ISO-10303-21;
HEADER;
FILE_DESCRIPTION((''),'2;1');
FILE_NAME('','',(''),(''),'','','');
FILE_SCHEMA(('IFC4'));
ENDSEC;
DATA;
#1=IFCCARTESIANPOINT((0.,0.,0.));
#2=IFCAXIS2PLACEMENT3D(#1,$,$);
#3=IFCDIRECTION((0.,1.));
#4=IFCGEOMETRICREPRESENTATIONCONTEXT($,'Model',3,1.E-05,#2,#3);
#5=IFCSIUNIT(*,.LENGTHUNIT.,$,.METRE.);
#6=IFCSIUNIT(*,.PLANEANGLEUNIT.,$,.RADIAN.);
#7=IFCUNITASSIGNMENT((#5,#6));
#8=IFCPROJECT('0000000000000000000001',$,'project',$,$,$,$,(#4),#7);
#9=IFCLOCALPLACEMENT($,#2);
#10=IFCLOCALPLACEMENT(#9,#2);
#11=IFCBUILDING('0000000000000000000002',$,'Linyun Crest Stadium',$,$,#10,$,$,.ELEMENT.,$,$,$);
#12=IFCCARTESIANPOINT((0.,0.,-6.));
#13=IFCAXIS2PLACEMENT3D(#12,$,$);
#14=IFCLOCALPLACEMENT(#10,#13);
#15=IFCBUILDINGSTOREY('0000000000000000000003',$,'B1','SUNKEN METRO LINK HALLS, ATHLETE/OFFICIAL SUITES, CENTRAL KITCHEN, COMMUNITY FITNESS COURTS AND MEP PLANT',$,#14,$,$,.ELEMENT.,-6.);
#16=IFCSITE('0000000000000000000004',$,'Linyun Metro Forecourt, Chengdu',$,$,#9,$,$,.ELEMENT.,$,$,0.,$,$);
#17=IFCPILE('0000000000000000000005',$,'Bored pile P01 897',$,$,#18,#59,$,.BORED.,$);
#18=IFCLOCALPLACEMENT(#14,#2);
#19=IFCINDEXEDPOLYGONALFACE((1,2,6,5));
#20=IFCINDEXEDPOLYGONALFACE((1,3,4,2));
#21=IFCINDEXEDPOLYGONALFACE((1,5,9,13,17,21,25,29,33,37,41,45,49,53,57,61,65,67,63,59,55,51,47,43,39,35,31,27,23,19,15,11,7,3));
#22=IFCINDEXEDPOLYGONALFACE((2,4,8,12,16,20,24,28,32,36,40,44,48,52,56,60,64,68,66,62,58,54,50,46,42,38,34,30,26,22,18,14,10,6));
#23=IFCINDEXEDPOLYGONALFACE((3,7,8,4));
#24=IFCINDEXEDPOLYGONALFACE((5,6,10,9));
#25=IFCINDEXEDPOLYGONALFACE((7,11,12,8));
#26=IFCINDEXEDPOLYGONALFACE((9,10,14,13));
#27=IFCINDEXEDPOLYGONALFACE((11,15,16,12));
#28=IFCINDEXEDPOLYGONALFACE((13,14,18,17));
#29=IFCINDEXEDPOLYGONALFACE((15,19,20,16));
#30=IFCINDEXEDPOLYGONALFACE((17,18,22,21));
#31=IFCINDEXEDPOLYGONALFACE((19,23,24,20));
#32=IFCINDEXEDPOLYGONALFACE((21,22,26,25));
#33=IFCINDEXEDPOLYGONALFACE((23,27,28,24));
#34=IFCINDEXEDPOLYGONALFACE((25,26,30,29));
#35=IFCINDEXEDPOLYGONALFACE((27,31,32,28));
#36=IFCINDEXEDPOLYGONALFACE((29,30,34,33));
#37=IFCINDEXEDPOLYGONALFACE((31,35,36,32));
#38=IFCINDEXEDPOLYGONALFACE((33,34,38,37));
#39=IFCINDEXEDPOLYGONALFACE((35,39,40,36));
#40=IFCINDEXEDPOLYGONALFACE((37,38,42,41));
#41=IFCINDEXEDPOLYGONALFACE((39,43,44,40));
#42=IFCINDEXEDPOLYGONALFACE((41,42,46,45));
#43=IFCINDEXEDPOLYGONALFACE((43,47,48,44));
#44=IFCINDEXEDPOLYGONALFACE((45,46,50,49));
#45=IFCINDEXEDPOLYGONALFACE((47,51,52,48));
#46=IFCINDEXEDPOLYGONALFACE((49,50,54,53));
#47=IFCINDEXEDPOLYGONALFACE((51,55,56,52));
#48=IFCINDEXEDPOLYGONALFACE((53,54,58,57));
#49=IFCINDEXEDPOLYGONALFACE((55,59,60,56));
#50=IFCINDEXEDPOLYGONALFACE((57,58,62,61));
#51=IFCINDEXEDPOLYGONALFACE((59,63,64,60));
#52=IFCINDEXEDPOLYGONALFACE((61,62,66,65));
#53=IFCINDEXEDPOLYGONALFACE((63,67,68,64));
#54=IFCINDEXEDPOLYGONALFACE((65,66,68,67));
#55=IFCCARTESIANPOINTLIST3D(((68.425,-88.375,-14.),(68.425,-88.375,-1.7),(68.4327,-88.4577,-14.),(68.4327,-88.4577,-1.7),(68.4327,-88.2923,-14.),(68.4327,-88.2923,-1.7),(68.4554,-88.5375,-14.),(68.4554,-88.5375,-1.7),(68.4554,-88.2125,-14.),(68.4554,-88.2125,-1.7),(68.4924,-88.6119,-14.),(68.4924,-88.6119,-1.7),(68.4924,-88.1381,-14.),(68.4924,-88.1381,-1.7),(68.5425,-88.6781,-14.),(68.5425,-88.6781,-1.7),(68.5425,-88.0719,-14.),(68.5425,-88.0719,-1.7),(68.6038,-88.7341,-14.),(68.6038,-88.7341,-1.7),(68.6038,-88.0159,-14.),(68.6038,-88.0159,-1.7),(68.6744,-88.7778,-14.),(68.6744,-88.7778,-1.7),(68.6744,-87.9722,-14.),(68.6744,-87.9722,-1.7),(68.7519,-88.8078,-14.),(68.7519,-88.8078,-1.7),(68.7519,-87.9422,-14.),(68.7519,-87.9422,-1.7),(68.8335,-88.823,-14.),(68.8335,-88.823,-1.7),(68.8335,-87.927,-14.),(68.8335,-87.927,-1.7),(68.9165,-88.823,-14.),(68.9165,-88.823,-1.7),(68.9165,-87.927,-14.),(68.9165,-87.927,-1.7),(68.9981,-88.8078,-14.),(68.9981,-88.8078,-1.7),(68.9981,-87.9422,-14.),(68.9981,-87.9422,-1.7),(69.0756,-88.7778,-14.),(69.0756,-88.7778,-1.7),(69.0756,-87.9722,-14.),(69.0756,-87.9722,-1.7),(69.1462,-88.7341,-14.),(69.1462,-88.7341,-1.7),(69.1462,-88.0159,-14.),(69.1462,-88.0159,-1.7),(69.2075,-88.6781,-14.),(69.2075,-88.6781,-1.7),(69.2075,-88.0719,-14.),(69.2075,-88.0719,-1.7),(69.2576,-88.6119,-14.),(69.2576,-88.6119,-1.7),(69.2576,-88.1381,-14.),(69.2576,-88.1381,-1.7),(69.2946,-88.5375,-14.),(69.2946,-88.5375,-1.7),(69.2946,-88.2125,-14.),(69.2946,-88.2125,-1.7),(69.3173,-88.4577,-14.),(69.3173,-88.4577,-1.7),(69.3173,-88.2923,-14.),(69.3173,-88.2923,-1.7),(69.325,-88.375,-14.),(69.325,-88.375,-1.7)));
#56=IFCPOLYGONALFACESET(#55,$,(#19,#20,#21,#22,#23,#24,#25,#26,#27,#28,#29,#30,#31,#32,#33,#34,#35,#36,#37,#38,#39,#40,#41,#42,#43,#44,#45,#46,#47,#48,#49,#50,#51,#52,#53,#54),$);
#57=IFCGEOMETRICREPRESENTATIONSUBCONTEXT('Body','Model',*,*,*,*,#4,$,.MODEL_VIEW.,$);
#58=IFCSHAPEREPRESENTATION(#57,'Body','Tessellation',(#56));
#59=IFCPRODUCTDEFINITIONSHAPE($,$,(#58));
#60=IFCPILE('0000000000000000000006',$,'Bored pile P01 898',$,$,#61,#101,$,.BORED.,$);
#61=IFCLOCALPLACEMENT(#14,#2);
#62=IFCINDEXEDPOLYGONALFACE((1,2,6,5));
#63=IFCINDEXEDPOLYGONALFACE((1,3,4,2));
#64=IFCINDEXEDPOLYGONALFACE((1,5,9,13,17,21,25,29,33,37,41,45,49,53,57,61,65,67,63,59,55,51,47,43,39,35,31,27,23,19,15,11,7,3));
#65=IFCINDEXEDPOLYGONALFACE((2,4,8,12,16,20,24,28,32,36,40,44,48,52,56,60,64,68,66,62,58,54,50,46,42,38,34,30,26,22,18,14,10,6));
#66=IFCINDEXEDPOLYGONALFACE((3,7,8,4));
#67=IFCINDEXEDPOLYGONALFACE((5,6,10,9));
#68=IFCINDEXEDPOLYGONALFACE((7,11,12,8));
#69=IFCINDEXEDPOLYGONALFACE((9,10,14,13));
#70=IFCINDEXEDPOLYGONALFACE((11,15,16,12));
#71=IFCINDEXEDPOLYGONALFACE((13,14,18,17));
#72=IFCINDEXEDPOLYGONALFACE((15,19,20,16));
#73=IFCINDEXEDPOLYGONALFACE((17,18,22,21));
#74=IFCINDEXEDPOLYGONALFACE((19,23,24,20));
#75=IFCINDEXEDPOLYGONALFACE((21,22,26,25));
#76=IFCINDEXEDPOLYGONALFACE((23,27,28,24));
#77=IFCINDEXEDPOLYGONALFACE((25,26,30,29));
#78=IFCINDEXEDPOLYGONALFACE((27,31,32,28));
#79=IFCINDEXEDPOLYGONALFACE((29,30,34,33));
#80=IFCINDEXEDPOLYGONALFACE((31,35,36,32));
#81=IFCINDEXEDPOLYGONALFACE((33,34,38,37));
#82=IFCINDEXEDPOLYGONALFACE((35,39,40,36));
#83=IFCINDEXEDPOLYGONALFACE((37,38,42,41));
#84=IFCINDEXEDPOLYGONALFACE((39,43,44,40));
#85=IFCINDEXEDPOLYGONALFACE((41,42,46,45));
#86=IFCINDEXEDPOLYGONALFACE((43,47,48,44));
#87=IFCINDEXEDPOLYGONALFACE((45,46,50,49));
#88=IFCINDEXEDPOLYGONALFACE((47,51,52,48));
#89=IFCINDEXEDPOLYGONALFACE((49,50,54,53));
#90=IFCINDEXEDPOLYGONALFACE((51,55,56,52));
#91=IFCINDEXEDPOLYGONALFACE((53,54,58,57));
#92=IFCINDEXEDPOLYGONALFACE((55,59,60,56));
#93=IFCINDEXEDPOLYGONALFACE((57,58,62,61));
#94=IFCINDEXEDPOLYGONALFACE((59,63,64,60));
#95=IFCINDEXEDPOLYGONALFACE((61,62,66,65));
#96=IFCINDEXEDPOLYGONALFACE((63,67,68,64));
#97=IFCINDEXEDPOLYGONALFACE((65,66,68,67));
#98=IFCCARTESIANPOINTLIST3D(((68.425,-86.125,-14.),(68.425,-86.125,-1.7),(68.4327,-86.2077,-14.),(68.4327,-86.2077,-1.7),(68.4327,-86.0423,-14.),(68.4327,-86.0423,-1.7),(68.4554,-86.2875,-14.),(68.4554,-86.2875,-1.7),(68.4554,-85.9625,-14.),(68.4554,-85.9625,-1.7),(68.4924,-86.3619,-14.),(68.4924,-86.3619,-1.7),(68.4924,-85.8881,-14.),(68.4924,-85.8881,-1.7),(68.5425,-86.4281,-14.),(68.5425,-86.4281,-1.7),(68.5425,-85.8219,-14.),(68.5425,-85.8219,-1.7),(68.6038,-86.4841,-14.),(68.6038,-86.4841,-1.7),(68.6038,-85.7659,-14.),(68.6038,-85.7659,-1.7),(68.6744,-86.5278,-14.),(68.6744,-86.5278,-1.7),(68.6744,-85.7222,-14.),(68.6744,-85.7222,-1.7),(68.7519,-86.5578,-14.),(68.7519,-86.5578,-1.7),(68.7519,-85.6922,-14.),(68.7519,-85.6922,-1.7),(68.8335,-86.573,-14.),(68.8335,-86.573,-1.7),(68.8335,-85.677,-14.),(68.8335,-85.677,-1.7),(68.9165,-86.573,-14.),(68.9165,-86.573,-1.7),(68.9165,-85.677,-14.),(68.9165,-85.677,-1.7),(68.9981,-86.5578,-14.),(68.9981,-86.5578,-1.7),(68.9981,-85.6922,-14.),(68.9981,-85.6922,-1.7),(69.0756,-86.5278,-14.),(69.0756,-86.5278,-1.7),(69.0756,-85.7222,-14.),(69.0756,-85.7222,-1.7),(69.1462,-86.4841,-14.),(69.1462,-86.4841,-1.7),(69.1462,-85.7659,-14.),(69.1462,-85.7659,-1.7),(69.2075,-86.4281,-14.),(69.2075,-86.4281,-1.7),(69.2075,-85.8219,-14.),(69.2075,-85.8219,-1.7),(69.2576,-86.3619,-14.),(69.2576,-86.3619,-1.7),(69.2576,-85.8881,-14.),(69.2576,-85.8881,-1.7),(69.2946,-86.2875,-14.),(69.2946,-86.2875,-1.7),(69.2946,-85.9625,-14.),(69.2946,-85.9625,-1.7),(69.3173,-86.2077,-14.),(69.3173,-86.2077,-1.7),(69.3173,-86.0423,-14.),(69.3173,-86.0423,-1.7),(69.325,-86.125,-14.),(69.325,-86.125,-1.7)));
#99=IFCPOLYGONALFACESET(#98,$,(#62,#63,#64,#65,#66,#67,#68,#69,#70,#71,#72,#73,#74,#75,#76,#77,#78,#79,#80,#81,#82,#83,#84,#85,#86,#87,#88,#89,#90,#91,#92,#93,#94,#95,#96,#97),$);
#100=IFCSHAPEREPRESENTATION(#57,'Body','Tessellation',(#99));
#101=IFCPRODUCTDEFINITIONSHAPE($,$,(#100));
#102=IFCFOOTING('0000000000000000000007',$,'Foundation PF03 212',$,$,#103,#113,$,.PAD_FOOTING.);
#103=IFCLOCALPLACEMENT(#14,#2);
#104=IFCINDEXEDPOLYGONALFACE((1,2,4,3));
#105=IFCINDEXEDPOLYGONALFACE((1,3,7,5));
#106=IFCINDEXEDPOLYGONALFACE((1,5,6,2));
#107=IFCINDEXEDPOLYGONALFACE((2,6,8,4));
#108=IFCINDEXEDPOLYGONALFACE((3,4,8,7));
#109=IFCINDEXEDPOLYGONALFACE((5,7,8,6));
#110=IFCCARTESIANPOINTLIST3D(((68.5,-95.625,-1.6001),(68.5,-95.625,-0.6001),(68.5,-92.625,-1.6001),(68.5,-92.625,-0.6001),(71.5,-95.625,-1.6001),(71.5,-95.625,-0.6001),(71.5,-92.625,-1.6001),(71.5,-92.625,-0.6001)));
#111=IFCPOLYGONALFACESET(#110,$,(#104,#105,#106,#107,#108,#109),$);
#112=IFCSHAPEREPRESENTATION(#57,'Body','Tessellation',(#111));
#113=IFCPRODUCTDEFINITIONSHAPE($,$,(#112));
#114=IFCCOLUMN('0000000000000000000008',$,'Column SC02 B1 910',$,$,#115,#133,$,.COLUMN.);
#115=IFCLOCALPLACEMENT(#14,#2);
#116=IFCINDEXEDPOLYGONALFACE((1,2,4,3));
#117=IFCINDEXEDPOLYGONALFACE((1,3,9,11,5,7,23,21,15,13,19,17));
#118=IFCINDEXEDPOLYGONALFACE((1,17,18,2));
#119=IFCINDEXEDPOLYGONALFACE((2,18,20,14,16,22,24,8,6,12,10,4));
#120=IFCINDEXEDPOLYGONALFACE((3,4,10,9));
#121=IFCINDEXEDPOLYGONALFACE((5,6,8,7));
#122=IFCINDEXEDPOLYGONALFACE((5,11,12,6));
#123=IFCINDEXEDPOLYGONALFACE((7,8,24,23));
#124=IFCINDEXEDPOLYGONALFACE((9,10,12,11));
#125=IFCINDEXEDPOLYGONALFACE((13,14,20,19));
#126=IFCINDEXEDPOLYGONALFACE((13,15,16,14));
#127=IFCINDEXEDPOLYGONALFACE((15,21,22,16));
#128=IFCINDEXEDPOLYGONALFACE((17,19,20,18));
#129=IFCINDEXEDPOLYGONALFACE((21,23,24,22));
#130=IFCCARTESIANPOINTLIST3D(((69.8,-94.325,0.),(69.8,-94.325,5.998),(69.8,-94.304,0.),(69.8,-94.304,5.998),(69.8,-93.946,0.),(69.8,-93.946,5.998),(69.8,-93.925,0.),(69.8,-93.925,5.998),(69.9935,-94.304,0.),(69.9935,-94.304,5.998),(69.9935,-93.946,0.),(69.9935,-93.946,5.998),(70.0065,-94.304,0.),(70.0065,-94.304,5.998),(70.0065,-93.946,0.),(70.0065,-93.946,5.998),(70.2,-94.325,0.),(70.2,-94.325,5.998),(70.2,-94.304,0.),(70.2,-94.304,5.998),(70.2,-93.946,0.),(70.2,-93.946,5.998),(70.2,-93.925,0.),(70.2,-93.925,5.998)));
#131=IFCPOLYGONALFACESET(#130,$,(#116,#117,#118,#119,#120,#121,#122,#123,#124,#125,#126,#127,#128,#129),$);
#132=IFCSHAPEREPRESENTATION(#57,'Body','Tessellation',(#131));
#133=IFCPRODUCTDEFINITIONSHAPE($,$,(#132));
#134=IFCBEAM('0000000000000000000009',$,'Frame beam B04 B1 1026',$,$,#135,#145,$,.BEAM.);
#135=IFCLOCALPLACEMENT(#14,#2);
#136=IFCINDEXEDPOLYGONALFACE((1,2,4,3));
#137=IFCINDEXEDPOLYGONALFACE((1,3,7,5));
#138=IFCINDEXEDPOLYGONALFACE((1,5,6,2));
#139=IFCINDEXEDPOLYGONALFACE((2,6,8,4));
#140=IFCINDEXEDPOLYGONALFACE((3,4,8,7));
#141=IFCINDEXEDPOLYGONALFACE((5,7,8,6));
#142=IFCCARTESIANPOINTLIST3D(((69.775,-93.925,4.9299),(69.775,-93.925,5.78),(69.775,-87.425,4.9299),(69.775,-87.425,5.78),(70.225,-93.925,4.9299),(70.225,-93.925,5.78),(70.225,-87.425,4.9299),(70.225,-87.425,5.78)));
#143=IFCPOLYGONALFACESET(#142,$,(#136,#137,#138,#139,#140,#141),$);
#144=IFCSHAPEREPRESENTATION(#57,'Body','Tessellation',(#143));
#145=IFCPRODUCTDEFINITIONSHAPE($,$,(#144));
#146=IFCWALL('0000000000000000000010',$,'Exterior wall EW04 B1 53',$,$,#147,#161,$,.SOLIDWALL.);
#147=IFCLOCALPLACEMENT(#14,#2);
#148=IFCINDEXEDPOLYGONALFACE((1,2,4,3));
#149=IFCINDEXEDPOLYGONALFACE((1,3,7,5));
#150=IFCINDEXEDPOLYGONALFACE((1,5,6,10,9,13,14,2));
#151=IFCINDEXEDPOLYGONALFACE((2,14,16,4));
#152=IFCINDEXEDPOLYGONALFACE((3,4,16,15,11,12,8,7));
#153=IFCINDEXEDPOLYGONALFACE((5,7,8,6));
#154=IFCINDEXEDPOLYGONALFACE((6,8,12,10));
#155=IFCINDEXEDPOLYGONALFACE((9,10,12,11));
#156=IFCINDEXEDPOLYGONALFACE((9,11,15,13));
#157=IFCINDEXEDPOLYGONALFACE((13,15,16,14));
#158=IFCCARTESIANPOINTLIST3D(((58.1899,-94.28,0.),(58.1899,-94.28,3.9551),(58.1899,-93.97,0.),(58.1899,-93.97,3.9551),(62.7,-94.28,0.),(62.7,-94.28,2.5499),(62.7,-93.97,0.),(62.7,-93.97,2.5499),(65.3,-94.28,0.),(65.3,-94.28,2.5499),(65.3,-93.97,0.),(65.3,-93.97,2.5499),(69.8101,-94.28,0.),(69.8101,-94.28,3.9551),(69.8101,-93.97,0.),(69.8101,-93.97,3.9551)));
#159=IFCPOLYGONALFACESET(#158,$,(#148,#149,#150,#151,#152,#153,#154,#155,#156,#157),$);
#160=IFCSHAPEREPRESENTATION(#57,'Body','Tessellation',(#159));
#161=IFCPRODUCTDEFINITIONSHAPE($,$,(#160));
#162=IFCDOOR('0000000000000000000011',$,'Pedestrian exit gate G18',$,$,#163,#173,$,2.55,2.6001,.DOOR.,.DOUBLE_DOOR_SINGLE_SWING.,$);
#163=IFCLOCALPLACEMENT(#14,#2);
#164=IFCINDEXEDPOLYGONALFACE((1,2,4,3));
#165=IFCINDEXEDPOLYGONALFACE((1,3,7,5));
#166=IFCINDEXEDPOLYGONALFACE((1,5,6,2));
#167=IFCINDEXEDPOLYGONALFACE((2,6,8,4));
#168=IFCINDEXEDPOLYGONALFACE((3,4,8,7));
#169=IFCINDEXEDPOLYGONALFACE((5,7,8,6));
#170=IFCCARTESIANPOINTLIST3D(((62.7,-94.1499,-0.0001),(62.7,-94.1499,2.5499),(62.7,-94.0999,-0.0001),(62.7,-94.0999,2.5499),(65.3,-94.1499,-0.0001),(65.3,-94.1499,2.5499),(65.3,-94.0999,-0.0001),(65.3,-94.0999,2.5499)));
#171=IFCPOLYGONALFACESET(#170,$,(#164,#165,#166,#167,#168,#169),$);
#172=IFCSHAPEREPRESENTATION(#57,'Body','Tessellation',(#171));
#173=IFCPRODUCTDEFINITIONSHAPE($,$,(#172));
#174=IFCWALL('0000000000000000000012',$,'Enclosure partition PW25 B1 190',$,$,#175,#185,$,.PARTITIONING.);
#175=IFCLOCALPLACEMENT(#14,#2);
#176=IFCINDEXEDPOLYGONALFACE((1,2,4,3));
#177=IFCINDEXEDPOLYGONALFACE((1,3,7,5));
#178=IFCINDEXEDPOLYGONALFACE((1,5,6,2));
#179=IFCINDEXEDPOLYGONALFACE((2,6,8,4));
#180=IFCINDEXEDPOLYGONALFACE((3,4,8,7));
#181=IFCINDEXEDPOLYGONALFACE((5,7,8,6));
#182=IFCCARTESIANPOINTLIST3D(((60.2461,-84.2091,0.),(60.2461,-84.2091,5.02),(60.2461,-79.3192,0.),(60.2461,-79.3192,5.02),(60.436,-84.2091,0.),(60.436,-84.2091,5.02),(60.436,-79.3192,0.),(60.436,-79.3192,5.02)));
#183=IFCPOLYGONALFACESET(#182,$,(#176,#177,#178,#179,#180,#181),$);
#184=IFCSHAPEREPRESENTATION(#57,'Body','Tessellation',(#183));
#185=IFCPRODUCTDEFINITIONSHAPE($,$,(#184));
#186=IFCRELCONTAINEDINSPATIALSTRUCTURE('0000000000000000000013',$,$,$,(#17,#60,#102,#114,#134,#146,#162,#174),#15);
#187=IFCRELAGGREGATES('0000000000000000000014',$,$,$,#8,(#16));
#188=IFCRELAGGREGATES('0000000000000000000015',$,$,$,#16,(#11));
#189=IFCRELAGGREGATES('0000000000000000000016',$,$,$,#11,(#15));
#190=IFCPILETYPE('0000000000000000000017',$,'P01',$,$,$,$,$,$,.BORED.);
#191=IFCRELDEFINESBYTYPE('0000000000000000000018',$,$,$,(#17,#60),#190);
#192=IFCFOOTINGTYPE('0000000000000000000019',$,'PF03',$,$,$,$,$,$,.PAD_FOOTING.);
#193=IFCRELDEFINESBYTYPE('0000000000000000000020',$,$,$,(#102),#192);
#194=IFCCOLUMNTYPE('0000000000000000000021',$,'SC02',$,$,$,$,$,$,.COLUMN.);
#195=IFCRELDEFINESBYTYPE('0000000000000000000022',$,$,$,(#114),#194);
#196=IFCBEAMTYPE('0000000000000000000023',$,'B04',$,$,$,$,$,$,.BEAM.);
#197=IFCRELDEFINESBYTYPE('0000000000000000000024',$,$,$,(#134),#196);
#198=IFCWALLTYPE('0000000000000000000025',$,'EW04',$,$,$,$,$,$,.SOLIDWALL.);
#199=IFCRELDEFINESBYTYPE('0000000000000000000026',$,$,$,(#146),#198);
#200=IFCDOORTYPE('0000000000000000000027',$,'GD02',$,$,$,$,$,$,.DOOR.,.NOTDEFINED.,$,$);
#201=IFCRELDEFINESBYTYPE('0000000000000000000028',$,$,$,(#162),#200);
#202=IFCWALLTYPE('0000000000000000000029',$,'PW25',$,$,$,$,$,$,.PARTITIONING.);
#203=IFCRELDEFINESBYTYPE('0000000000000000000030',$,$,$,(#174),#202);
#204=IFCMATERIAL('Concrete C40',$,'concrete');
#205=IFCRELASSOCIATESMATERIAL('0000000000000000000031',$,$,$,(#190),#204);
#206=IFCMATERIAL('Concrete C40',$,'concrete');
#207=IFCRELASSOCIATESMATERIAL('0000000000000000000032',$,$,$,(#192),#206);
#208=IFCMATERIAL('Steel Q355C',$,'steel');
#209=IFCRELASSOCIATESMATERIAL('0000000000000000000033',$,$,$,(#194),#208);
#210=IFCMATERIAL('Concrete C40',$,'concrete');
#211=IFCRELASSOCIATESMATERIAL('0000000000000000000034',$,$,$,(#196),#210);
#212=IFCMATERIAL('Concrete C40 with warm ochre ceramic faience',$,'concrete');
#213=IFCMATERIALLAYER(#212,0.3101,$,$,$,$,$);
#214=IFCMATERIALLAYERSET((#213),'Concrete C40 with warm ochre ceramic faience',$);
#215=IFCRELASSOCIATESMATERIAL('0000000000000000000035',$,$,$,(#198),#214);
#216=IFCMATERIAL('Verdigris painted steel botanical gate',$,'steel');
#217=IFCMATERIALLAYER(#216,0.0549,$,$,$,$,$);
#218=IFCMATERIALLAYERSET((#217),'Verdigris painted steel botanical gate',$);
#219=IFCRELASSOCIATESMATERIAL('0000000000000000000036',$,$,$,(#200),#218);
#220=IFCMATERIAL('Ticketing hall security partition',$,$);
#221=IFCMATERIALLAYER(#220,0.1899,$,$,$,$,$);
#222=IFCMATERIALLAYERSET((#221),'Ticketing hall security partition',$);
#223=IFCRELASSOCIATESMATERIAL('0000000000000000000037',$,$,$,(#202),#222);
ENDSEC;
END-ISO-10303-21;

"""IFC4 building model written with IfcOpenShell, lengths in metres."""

from ifc_helpers import new_model, si_unit, direction, frame, frame_2d, origin, origin_2d, place, context, subcontext, project, spatial, rectangle, circle, i_section, extrude, material, layer, layer_set, material_profile, profile_set, type_object, element, fill, save


model = new_model("IFC4")

# Units and contexts
model_context = context("Model", 3, precision=1e-05, world=origin(), true_north=direction((0.0, 1.0)))
body_context = subcontext(model_context, "Body", "Model", "MODEL_VIEW")
ifc_project = project(units=[si_unit("LENGTHUNIT", "METRE"), si_unit("PLANEANGLEUNIT", "RADIAN")], contexts=[model_context])

# Site, building, storey
site_placement = place(None, origin())
site = spatial("IfcSite", under=ifc_project, at=site_placement, Name="Linyun Metro Forecourt, Chengdu", CompositionType="ELEMENT", RefElevation=0.0)
building_placement = place(site_placement, origin())
building = spatial("IfcBuilding", under=site, at=building_placement, Name="Linyun Crest Stadium", CompositionType="ELEMENT")
storey_placement = place(building_placement, frame((0.0, 0.0, -6.0)))
storey = spatial("IfcBuildingStorey", under=building, at=storey_placement, Name="B1", Description="SUNKEN METRO LINK HALLS, ATHLETE/OFFICIAL SUITES, CENTRAL KITCHEN, COMMUNITY FITNESS COURTS AND MEP PLANT", CompositionType="ELEMENT", Elevation=-6.0)

# Piles
ifc_material_1 = material(Name="Concrete C40", Category="concrete")
ifc_material_profile_1 = material_profile(ifc_material_1, circle(Radius=0.45, at=origin_2d()), Name="BORED PILE 900")
ifc_profile_set_1 = profile_set([ifc_material_profile_1], Name="Concrete C40")
pile_type = type_object("IfcPileType", Name="P01", PredefinedType="BORED", material=ifc_profile_set_1)
for number, where, z_axis, x_axis, name in (
    (1, (68.875, -88.375, -1.7), (0.0, 0.0, -1.0), (1.0, 0.0, 0.0), "Bored pile P01 897"),
    (2, (68.875, -86.125, -1.7), (0.0, 0.0, -1.0), (1.0, 0.0, 0.0), "Bored pile P01 898"),
):
    element("IfcPile", number, at=place(storey_placement, frame(where, z_axis=z_axis, x_axis=x_axis)), inside=storey, type_object=pile_type, Name=name, PredefinedType="BORED", context=body_context, shape_type="SweptSolid", body=[
        extrude(circle(Radius=0.45, at=origin_2d()), origin(), (0.0, 0.0, 1.0), 12.3),
    ])

# Footing
ifc_material_2 = material(Name="Concrete C40", Category="concrete")
footing_type = type_object("IfcFootingType", Name="PF03", PredefinedType="PAD_FOOTING", material=ifc_material_2)
footing_placement = place(storey_placement, frame((70.0, -94.125, -1.6001), z_axis=(0.0, 0.0, 1.0), x_axis=(1.0, 0.0, 0.0)))
element("IfcFooting", 3, at=footing_placement, inside=storey, type_object=footing_type, Name="Foundation PF03 212", PredefinedType="PAD_FOOTING", context=body_context, shape_type="SweptSolid", body=[
    extrude(rectangle(XDim=3.0, YDim=3.0, at=origin_2d()), origin(), (0.0, 0.0, 1.0), 1.0),
])

# Column
ifc_material_3 = material(Name="Steel Q355C", Category="steel")
ifc_material_profile_2 = material_profile(ifc_material_3, i_section(OverallWidth=0.3999, OverallDepth=0.3999, WebThickness=0.0129, FlangeThickness=0.021, at=origin_2d()), Name="HW 400x400")
ifc_profile_set_2 = profile_set([ifc_material_profile_2], Name="Steel Q355C")
column_type = type_object("IfcColumnType", Name="SC02", PredefinedType="COLUMN", material=ifc_profile_set_2)
column_placement = place(storey_placement, frame((70.0, -94.125, 0.0), z_axis=(0.0, 0.0, 1.0), x_axis=(1.0, 0.0, 0.0)))
element("IfcColumn", 4, at=column_placement, inside=storey, type_object=column_type, Name="Column SC02 B1 910", PredefinedType="COLUMN", context=body_context, shape_type="SweptSolid", body=[
    extrude(i_section(OverallWidth=0.3999, OverallDepth=0.3999, WebThickness=0.0129, FlangeThickness=0.021, at=origin_2d()), origin(), (0.0, 0.0, 1.0), 5.998),
])

# Beam
ifc_material_4 = material(Name="Concrete C40", Category="concrete")
ifc_material_profile_3 = material_profile(ifc_material_4, rectangle(XDim=0.45, YDim=0.8501, at=origin_2d()), Name="RCB 850x450")
ifc_profile_set_3 = profile_set([ifc_material_profile_3], Name="Concrete C40")
beam_type = type_object("IfcBeamType", Name="B04", PredefinedType="BEAM", material=ifc_profile_set_3)
beam_placement = place(storey_placement, frame((70.0, -93.925, 5.355), z_axis=(0.0, 1.0, 0.0), x_axis=(-1.0, 0.0, 0.0)))
element("IfcBeam", 5, at=beam_placement, inside=storey, type_object=beam_type, Name="Frame beam B04 B1 1026", PredefinedType="BEAM", context=body_context, shape_type="SweptSolid", body=[
    extrude(rectangle(XDim=0.45, YDim=0.8501, at=origin_2d()), origin(), (0.0, 0.0, 1.0), 6.5),
])

# Wall, opening, door
ifc_material_5 = material(Name="Concrete C40 with warm ochre ceramic faience", Category="concrete")
ifc_layer_1 = layer(ifc_material_5, 0.3101)
ifc_layer_set_1 = layer_set([ifc_layer_1], Name="Concrete C40 with warm ochre ceramic faience")
wall_type_1 = type_object("IfcWallType", Name="EW04", PredefinedType="SOLIDWALL", material=ifc_layer_set_1)
wall_1_placement = place(storey_placement, frame((69.8101, -94.125, 0.0), z_axis=(0.0, 0.0, 1.0), x_axis=(-1.0, 0.0, 0.0)))
wall_1 = element("IfcWall", 6, at=wall_1_placement, inside=storey, type_object=wall_type_1, Name="Exterior wall EW04 B1 53", PredefinedType="SOLIDWALL", context=body_context, shape_type="SweptSolid", body=[
    extrude(rectangle(XDim=11.6201, YDim=0.3101, at=frame_2d((5.8101, 0.0))), origin(), (0.0, 0.0, 1.0), 3.9551),
])
opening_placement = place(wall_1_placement, frame((4.51, 0.0, 0.0)))
opening = element("IfcOpeningElement", 7, at=opening_placement, cuts=wall_1, PredefinedType="OPENING", context=body_context, shape_type="SweptSolid", body=[
    extrude(rectangle(XDim=2.6001, YDim=2.55, at=frame_2d((1.3, 1.2749))), frame((0.0, 0.165, 0.0), z_axis=(0.0, -1.0, 0.0), x_axis=(1.0, 0.0, 0.0)), (0.0, 0.0, 1.0), 0.3301),
])
ifc_material_6 = material(Name="Verdigris painted steel botanical gate", Category="steel")
ifc_layer_2 = layer(ifc_material_6, 0.0549)
ifc_layer_set_2 = layer_set([ifc_layer_2], Name="Verdigris painted steel botanical gate")
door_type = type_object("IfcDoorType", Name="GD02", OperationType="NOTDEFINED", PredefinedType="DOOR", material=ifc_layer_set_2)
door_placement = place(opening_placement, origin())
door = element("IfcDoor", 8, at=door_placement, inside=storey, type_object=door_type, Name="Pedestrian exit gate G18", OperationType="DOUBLE_DOOR_SINGLE_SWING", OverallHeight=2.55, OverallWidth=2.6001, PredefinedType="DOOR", context=body_context, shape_type="SweptSolid", body=[
    extrude(rectangle(XDim=2.6001, YDim=2.55, at=frame_2d((1.3, 1.2749))), frame((0.0, 0.0249, 0.0), z_axis=(0.0, -1.0, 0.0), x_axis=(1.0, 0.0, 0.0)), (0.0, 0.0, 1.0), 0.05),
])
fill(opening, door)

# Wall
ifc_material_7 = material(Name="Ticketing hall security partition")
ifc_layer_3 = layer(ifc_material_7, 0.1899)
ifc_layer_set_3 = layer_set([ifc_layer_3], Name="Ticketing hall security partition")
wall_type_2 = type_object("IfcWallType", Name="PW25", PredefinedType="PARTITIONING", material=ifc_layer_set_3)
wall_2_placement = place(storey_placement, frame((60.3411, -84.209, 0.0), z_axis=(0.0, 0.0, 1.0), x_axis=(0.0, 1.0, 0.0)))
element("IfcWall", 9, at=wall_2_placement, inside=storey, type_object=wall_type_2, Name="Enclosure partition PW25 B1 190", PredefinedType="PARTITIONING", context=body_context, shape_type="SweptSolid", body=[
    extrude(rectangle(XDim=4.8899, YDim=0.1899, at=frame_2d((2.4448, 0.0))), origin(), (0.0, 0.0, 1.0), 5.02),
])

save(model, "model.ifc")
